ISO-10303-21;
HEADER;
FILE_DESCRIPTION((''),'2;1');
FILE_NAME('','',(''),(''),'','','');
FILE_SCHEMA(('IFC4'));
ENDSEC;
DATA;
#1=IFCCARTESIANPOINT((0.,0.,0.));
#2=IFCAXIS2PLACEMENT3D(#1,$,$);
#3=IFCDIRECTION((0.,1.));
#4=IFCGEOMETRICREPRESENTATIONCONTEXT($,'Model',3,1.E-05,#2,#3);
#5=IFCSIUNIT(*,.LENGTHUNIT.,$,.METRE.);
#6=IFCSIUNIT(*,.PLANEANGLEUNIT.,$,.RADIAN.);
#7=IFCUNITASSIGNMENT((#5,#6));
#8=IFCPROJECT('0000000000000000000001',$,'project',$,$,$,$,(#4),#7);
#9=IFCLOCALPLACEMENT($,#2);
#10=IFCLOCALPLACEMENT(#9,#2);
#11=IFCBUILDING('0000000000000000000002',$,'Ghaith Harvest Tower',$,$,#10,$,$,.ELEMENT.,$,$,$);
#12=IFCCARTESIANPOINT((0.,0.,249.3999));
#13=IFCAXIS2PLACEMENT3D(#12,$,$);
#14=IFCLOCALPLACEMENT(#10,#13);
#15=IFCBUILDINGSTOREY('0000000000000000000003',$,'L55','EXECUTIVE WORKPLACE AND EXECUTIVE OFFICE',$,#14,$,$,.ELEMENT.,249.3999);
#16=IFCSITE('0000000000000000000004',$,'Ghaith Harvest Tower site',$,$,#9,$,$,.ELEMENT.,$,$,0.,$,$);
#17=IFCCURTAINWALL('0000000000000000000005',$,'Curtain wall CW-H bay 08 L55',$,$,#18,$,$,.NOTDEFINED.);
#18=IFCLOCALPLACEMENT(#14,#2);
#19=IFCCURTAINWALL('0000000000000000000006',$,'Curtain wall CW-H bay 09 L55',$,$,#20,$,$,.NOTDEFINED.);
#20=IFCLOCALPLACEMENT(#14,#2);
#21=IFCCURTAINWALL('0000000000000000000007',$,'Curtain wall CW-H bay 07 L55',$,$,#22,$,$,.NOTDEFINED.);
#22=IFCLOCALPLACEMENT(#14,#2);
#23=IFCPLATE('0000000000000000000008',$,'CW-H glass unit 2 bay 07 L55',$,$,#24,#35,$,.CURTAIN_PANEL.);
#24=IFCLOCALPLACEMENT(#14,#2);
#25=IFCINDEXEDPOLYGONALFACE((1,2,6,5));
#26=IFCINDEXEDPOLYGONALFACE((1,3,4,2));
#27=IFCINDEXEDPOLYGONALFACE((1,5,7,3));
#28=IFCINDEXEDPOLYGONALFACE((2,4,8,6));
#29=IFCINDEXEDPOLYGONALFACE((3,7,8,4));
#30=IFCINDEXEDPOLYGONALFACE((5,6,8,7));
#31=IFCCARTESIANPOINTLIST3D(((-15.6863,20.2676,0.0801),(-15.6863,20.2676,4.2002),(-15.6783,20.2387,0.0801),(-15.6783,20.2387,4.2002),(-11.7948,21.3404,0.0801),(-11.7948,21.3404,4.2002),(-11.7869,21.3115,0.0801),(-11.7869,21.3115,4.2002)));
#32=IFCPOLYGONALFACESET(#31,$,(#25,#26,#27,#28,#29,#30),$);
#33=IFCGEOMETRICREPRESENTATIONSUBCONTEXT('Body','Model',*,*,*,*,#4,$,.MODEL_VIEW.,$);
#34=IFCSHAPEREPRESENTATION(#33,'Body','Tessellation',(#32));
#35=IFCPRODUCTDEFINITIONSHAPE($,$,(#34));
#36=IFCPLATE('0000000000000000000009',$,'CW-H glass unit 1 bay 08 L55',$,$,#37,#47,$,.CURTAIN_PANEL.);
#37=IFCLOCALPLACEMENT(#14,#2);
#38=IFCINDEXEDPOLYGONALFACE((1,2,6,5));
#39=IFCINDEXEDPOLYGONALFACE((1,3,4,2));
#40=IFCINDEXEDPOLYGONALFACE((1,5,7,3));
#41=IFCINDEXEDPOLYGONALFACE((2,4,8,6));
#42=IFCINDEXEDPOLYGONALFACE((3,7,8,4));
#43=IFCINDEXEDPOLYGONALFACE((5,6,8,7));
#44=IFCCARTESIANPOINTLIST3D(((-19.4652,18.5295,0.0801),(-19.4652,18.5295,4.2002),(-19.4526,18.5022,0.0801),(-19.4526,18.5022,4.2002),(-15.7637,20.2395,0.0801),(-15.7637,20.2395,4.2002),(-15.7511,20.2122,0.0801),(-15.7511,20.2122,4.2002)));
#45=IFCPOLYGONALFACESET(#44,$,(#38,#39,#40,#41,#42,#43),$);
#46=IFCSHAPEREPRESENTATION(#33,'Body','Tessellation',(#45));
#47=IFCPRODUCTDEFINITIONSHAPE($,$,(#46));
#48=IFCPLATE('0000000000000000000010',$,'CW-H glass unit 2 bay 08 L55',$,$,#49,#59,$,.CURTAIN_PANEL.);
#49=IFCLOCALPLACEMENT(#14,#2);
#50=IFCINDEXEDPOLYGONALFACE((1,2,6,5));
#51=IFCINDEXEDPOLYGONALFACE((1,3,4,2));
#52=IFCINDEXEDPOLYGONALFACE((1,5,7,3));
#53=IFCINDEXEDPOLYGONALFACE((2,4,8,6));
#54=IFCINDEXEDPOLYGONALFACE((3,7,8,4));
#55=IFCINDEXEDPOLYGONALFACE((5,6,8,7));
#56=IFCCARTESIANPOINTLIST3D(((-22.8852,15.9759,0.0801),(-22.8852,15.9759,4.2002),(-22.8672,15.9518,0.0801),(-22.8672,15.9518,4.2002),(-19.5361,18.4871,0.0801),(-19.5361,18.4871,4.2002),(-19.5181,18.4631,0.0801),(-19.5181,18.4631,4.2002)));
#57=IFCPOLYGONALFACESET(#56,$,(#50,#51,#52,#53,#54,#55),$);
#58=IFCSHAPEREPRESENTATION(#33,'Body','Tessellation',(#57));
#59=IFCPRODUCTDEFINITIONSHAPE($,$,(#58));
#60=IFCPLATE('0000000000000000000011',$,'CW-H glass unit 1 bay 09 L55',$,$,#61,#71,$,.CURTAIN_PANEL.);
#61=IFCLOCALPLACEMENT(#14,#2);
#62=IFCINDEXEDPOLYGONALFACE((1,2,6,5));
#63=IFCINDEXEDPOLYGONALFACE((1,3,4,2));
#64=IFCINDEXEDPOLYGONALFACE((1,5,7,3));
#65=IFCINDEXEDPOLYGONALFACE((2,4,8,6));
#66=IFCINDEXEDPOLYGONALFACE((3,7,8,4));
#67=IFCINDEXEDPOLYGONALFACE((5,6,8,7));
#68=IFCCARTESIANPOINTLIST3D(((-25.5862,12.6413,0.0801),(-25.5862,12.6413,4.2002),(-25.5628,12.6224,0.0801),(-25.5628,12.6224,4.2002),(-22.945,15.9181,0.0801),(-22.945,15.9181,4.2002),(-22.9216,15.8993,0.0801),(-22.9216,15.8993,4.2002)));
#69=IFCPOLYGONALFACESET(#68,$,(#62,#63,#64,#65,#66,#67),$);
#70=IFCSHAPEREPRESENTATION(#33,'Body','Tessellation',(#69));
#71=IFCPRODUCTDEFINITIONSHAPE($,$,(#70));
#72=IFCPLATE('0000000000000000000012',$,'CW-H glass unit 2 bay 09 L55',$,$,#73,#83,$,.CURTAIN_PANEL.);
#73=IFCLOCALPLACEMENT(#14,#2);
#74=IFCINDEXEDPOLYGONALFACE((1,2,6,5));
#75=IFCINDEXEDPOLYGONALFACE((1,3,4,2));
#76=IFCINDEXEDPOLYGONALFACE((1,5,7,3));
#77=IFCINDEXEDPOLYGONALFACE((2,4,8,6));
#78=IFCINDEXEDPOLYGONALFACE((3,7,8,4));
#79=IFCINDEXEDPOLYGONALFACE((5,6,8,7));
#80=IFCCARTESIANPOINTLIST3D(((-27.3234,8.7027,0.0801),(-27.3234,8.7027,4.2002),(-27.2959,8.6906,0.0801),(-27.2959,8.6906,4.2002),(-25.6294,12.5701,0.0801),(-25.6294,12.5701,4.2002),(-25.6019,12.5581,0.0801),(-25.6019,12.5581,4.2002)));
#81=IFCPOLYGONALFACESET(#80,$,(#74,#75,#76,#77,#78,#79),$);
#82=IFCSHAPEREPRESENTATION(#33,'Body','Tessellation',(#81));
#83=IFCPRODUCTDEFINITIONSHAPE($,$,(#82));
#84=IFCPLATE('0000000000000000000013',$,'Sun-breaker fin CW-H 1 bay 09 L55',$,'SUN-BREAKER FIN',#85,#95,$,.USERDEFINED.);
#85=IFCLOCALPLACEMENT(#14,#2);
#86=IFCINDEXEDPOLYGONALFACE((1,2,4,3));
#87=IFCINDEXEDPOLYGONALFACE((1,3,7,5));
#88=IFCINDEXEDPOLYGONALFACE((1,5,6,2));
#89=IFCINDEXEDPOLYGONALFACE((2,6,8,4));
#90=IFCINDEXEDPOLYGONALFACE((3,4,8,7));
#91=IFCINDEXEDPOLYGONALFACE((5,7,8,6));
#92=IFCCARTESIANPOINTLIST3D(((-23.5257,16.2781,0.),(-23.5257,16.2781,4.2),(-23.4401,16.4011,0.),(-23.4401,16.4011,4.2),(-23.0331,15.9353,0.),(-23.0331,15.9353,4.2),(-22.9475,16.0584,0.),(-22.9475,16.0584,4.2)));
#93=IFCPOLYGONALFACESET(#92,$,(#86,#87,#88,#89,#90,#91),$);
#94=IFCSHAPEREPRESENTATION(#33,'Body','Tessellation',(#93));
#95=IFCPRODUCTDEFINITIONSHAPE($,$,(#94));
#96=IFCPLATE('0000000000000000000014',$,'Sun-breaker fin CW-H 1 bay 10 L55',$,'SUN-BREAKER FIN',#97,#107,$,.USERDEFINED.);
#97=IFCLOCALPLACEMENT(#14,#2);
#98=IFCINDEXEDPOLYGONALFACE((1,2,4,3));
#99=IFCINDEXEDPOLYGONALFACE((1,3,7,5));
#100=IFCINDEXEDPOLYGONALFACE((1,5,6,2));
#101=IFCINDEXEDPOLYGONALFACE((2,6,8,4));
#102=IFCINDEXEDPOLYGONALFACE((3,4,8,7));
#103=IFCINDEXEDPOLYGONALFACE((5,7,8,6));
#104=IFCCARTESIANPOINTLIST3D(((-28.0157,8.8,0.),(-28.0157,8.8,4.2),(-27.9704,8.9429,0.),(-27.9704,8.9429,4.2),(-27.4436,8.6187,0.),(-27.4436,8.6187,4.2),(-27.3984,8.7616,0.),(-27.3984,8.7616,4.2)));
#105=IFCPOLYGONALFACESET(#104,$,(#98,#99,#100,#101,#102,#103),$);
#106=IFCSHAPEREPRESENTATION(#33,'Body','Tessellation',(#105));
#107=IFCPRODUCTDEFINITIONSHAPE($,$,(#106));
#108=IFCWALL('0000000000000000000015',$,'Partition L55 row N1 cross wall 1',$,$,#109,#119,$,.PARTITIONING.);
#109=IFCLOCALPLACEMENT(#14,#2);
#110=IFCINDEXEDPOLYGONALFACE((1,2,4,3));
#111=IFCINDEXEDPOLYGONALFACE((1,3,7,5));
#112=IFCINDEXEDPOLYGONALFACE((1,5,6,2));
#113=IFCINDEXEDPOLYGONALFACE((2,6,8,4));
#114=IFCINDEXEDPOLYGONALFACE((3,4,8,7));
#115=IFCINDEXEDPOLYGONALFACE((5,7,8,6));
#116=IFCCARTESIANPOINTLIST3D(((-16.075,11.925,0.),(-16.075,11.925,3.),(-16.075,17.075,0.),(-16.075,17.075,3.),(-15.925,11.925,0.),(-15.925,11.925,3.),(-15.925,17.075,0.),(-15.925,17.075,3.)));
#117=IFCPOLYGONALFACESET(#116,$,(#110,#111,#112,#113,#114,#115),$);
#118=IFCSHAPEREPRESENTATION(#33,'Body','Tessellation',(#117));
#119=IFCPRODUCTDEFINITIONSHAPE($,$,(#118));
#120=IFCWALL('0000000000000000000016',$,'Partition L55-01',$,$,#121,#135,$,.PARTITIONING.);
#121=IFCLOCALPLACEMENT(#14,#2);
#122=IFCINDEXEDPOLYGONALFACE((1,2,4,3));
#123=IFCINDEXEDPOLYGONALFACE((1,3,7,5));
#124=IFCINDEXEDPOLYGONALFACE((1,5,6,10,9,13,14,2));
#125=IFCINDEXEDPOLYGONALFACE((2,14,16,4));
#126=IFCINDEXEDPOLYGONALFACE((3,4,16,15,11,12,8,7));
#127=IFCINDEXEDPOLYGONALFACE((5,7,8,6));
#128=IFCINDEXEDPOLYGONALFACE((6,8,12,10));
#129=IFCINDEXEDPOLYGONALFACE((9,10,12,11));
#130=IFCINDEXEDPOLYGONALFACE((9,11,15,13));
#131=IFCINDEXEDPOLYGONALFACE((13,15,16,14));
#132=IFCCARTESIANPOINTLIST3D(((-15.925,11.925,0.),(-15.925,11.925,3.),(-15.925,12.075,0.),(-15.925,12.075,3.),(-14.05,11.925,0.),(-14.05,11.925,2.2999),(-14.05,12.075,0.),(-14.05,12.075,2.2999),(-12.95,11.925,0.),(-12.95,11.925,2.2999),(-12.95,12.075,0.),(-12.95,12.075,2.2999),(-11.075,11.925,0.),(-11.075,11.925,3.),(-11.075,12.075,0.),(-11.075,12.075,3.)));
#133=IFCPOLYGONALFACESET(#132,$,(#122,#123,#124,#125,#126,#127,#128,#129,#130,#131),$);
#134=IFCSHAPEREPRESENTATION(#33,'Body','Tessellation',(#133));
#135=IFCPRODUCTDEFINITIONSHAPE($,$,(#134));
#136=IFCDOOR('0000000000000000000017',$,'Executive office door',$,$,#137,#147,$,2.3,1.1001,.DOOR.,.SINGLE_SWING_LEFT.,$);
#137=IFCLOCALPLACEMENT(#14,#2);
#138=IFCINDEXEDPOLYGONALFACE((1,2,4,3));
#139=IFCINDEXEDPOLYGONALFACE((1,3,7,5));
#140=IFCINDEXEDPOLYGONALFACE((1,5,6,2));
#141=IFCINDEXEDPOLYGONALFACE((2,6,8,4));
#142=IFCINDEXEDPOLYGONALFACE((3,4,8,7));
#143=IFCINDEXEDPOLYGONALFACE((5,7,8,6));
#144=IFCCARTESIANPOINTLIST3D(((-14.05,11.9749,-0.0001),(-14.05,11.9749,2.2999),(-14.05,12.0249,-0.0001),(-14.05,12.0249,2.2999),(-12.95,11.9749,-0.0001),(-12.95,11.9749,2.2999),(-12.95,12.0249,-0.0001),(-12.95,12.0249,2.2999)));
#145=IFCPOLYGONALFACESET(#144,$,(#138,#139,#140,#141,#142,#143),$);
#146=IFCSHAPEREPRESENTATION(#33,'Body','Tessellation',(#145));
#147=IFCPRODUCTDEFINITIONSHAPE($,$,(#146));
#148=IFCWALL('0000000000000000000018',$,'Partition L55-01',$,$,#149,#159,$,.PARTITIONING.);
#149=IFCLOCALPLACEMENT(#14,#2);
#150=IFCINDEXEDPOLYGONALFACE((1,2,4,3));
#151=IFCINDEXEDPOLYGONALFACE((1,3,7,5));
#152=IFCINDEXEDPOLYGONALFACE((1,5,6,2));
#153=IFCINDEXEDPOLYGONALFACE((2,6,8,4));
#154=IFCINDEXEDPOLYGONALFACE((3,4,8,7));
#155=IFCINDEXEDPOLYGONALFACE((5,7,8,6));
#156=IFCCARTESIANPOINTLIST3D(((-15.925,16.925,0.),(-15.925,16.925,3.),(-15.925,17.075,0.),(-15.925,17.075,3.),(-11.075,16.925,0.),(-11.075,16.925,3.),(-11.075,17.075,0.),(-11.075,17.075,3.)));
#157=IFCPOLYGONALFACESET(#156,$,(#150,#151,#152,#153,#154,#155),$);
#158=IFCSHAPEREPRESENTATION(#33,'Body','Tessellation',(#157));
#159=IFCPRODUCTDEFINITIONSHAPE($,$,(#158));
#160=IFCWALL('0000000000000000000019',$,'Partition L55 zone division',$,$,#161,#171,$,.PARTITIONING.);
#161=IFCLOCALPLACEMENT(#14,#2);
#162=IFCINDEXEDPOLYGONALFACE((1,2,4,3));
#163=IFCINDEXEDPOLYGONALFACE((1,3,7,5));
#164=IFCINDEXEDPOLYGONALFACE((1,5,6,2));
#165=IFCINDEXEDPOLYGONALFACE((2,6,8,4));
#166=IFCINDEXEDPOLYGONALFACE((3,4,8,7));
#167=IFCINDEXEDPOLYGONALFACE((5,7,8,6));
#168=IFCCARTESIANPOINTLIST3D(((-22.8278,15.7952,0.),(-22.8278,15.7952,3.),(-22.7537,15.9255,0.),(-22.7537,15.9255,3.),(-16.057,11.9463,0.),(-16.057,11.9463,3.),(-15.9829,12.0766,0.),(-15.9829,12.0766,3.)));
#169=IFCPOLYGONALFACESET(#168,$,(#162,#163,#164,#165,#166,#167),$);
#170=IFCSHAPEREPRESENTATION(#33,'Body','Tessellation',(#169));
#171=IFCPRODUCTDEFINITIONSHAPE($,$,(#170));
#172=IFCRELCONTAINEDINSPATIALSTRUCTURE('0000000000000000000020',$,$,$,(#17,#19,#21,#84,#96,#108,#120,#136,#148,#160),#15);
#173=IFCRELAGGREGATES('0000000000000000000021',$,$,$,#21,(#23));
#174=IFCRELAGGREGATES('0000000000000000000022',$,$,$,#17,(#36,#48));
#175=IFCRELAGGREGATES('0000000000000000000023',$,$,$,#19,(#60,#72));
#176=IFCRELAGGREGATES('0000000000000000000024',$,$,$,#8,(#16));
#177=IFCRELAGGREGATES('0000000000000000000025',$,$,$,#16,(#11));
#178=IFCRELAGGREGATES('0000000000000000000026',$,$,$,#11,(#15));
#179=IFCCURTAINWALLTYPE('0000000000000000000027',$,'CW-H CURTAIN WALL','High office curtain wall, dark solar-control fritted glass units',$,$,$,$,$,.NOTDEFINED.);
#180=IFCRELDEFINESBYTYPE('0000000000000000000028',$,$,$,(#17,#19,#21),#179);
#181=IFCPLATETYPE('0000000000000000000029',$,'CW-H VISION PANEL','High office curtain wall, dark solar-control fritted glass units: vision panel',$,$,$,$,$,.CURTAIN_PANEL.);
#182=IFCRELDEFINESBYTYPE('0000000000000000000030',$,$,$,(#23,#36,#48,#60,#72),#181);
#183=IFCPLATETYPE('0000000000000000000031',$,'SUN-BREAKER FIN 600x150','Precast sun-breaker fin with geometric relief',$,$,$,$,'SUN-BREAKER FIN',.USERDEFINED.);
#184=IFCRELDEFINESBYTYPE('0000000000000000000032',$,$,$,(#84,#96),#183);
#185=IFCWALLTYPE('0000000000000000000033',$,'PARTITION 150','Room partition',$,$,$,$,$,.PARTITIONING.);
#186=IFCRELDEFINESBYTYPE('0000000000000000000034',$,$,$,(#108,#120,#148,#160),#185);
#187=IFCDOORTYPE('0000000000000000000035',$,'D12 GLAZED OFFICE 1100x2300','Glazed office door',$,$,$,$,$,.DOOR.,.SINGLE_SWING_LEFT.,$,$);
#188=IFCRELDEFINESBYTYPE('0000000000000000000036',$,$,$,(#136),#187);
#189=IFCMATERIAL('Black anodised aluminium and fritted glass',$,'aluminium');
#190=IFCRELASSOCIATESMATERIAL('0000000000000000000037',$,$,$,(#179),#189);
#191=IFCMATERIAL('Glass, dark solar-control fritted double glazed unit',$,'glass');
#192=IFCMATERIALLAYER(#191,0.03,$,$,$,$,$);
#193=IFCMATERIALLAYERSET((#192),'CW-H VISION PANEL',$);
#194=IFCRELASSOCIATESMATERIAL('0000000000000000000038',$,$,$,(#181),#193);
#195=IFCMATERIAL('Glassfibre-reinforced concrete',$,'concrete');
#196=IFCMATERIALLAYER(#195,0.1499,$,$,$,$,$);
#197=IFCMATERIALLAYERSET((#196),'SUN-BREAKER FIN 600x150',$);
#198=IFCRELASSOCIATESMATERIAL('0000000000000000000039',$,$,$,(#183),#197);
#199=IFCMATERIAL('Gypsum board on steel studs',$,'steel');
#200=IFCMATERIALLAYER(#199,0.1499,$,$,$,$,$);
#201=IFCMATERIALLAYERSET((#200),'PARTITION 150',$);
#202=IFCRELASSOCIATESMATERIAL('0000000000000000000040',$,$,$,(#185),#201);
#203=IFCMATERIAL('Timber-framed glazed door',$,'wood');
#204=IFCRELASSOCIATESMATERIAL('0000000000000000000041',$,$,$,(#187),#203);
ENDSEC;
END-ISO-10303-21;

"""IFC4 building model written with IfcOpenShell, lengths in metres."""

from ifc_helpers import new_model, si_unit, direction, frame, frame_2d, origin, origin_2d, place, context, subcontext, project, spatial, rectangle, extrude, material, layer, layer_set, type_object, element, fill, aggregate, save


model = new_model("IFC4")

# Units and contexts
model_context = context("Model", 3, precision=1e-05, world=origin(), true_north=direction((0.0, 1.0)))
body_context = subcontext(model_context, "Body", "Model", "MODEL_VIEW")
ifc_project = project(units=[si_unit("LENGTHUNIT", "METRE"), si_unit("PLANEANGLEUNIT", "RADIAN")], contexts=[model_context])

# Site, building, storey
site_placement = place(None, origin())
site = spatial("IfcSite", under=ifc_project, at=site_placement, Name="Ghaith Harvest Tower site", CompositionType="ELEMENT", RefElevation=0.0)
building_placement = place(site_placement, origin())
building = spatial("IfcBuilding", under=site, at=building_placement, Name="Ghaith Harvest Tower", CompositionType="ELEMENT")
storey_placement = place(building_placement, frame((0.0, 0.0, 249.3999)))
storey = spatial("IfcBuildingStorey", under=building, at=storey_placement, Name="L55", Description="EXECUTIVE WORKPLACE AND EXECUTIVE OFFICE", CompositionType="ELEMENT", Elevation=249.3999)

# Curtain walls
ifc_material_1 = material(Name="Black anodised aluminium and fritted glass", Category="aluminium")
curtain_wall_type = type_object("IfcCurtainWallType", Name="CW-H CURTAIN WALL", Description="High office curtain wall, dark solar-control fritted glass units", PredefinedType="NOTDEFINED", material=ifc_material_1)
curtain_wall_1_placement = place(storey_placement, origin())
curtain_wall_1 = element("IfcCurtainWall", 1, at=curtain_wall_1_placement, inside=storey, type_object=curtain_wall_type, Name="Curtain wall CW-H bay 08 L55", PredefinedType="NOTDEFINED")
curtain_wall_2_placement = place(storey_placement, origin())
curtain_wall_2 = element("IfcCurtainWall", 2, at=curtain_wall_2_placement, inside=storey, type_object=curtain_wall_type, Name="Curtain wall CW-H bay 09 L55", PredefinedType="NOTDEFINED")

# Curtain wall, plate
curtain_wall_3_placement = place(storey_placement, origin())
curtain_wall_3 = element("IfcCurtainWall", 3, at=curtain_wall_3_placement, inside=storey, type_object=curtain_wall_type, Name="Curtain wall CW-H bay 07 L55", PredefinedType="NOTDEFINED")
ifc_material_2 = material(Name="Glass, dark solar-control fritted double glazed unit", Category="glass")
ifc_layer_1 = layer(ifc_material_2, 0.03)
ifc_layer_set_1 = layer_set([ifc_layer_1], Name="CW-H VISION PANEL")
plate_type_1 = type_object("IfcPlateType", Name="CW-H VISION PANEL", Description="High office curtain wall, dark solar-control fritted glass units: vision panel", PredefinedType="CURTAIN_PANEL", material=ifc_layer_set_1)
plate_1_placement = place(storey_placement, frame((-13.7366, 20.7896, 0.0801), z_axis=(0.0, 0.0, 1.0), x_axis=(-0.964034, -0.265779, 0.0)))
plate_1 = element("IfcPlate", 4, at=plate_1_placement, type_object=plate_type_1, Name="CW-H glass unit 2 bay 07 L55", PredefinedType="CURTAIN_PANEL", context=body_context, shape_type="SweptSolid", body=[
    extrude(rectangle(XDim=4.0366, YDim=0.03, at=origin_2d()), origin(), (0.0, 0.0, 1.0), 4.1201),
])
aggregate(curtain_wall_3, [plate_1])

# Plates
plate_2_placement = place(storey_placement, frame((-17.6082, 19.3708, 0.0801), z_axis=(0.0, 0.0, 1.0), x_axis=(-0.907814, -0.419372, 0.0)))
plate_2 = element("IfcPlate", 5, at=plate_2_placement, type_object=plate_type_1, Name="CW-H glass unit 1 bay 08 L55", PredefinedType="CURTAIN_PANEL", context=body_context, shape_type="SweptSolid", body=[
    extrude(rectangle(XDim=4.0774, YDim=0.03, at=origin_2d()), origin(), (0.0, 0.0, 1.0), 4.1201),
])
plate_3_placement = place(storey_placement, frame((-21.2017, 17.2195, 0.0801), z_axis=(0.0, 0.0, 1.0), x_axis=(-0.800067, -0.599911, 0.0)))
plate_3 = element("IfcPlate", 6, at=plate_3_placement, type_object=plate_type_1, Name="CW-H glass unit 2 bay 08 L55", PredefinedType="CURTAIN_PANEL", context=body_context, shape_type="SweptSolid", body=[
    extrude(rectangle(XDim=4.186, YDim=0.03, at=origin_2d()), origin(), (0.0, 0.0, 1.0), 4.1201),
])
aggregate(curtain_wall_1, [plate_2, plate_3])
plate_4_placement = place(storey_placement, frame((-24.2539, 14.2703, 0.0801), z_axis=(0.0, 0.0, 1.0), x_axis=(-0.627548, -0.778578, 0.0)))
plate_4 = element("IfcPlate", 7, at=plate_4_placement, type_object=plate_type_1, Name="CW-H glass unit 1 bay 09 L55", PredefinedType="CURTAIN_PANEL", context=body_context, shape_type="SweptSolid", body=[
    extrude(rectangle(XDim=4.2087, YDim=0.03, at=origin_2d()), origin(), (0.0, 0.0, 1.0), 4.1201),
])
plate_5_placement = place(storey_placement, frame((-26.4626, 10.6304, 0.0801), z_axis=(0.0, 0.0, 1.0), x_axis=(-0.401213, -0.915985, 0.0)))
plate_5 = element("IfcPlate", 8, at=plate_5_placement, type_object=plate_type_1, Name="CW-H glass unit 2 bay 09 L55", PredefinedType="CURTAIN_PANEL", context=body_context, shape_type="SweptSolid", body=[
    extrude(rectangle(XDim=4.2222, YDim=0.03, at=origin_2d()), origin(), (0.0, 0.0, 1.0), 4.1201),
])
aggregate(curtain_wall_2, [plate_4, plate_5])

# Plates
ifc_material_3 = material(Name="Glassfibre-reinforced concrete", Category="concrete")
ifc_layer_2 = layer(ifc_material_3, 0.1499)
ifc_layer_set_2 = layer_set([ifc_layer_2], Name="SUN-BREAKER FIN 600x150")
plate_type_2 = type_object("IfcPlateType", Name="SUN-BREAKER FIN 600x150", Description="Precast sun-breaker fin with geometric relief", ElementType="SUN-BREAKER FIN", PredefinedType="USERDEFINED", material=ifc_layer_set_2)
for number, where, z_axis, x_axis, name in (
    (9, (-23.2366, 16.1682, 0.0), (0.0, 0.0, 1.0), (-0.820845, 0.57115, 0.0), "Sun-breaker fin CW-H 1 bay 09 L55"),
    (10, (-27.707, 8.7808, 0.0), (0.0, 0.0, 1.0), (-0.953273, 0.30211, 0.0), "Sun-breaker fin CW-H 1 bay 10 L55"),
):
    element("IfcPlate", number, at=place(storey_placement, frame(where, z_axis=z_axis, x_axis=x_axis)), inside=storey, type_object=plate_type_2, Name=name, ObjectType="SUN-BREAKER FIN", PredefinedType="USERDEFINED", context=body_context, shape_type="SweptSolid", body=[
        extrude(rectangle(XDim=0.6001, YDim=0.1499, at=origin_2d()), origin(), (0.0, 0.0, 1.0), 4.2),
    ])

# Wall
ifc_material_4 = material(Name="Gypsum board on steel studs", Category="steel")
ifc_layer_3 = layer(ifc_material_4, 0.1499)
ifc_layer_set_3 = layer_set([ifc_layer_3], Name="PARTITION 150")
wall_type_1 = type_object("IfcWallType", Name="PARTITION 150", Description="Room partition", PredefinedType="PARTITIONING", material=ifc_layer_set_3)
wall_1_placement = place(storey_placement, frame((-16.0, 11.925, 0.0), z_axis=(0.0, 0.0, 1.0), x_axis=(0.0, 1.0, 0.0)))
element("IfcWall", 11, at=wall_1_placement, inside=storey, type_object=wall_type_1, Name="Partition L55 row N1 cross wall 1", PredefinedType="PARTITIONING", context=body_context, shape_type="SweptSolid", body=[
    extrude(rectangle(XDim=5.1499, YDim=0.1499, at=frame_2d((2.575, 0.0))), origin(), (0.0, 0.0, 1.0), 3.0),
])

# Wall, opening, door
wall_2_placement = place(storey_placement, frame((-15.925, 12.0, 0.0), z_axis=(0.0, 0.0, 1.0), x_axis=(1.0, 0.0, 0.0)))
wall_2 = element("IfcWall", 12, at=wall_2_placement, inside=storey, type_object=wall_type_1, Name="Partition L55-01", PredefinedType="PARTITIONING", context=body_context, shape_type="SweptSolid", body=[
    extrude(rectangle(XDim=4.8501, YDim=0.1499, at=frame_2d((2.425, 0.0))), origin(), (0.0, 0.0, 1.0), 3.0),
])
opening_1_placement = place(wall_2_placement, frame((1.875, 0.0, 0.0)))
opening_1 = element("IfcOpeningElement", 13, at=opening_1_placement, cuts=wall_2, PredefinedType="OPENING", context=body_context, shape_type="SweptSolid", body=[
    extrude(rectangle(XDim=1.1001, YDim=2.3, at=frame_2d((0.55, 1.1499))), frame((0.0, 0.085, 0.0), z_axis=(0.0, -1.0, 0.0), x_axis=(1.0, 0.0, 0.0)), (0.0, 0.0, 1.0), 0.1699),
])
ifc_material_5 = material(Name="Timber-framed glazed door", Category="wood")
door_type_1 = type_object("IfcDoorType", Name="D12 GLAZED OFFICE 1100x2300", Description="Glazed office door", OperationType="SINGLE_SWING_LEFT", PredefinedType="DOOR", material=ifc_material_5)
door_1_placement = place(opening_1_placement, origin())
door_1 = element("IfcDoor", 14, at=door_1_placement, inside=storey, type_object=door_type_1, Name="Executive office door", OperationType="SINGLE_SWING_LEFT", OverallHeight=2.3, OverallWidth=1.1001, PredefinedType="DOOR", context=body_context, shape_type="SweptSolid", body=[
    extrude(rectangle(XDim=1.1001, YDim=2.3, at=frame_2d((0.55, 1.1499))), frame((0.0, 0.0249, 0.0), z_axis=(0.0, -1.0, 0.0), x_axis=(1.0, 0.0, 0.0)), (0.0, 0.0, 1.0), 0.05),
])
fill(opening_1, door_1)

# Walls
wall_3_placement = place(storey_placement, frame((-15.925, 17.0, 0.0), z_axis=(0.0, 0.0, 1.0), x_axis=(1.0, 0.0, 0.0)))
element("IfcWall", 15, at=wall_3_placement, inside=storey, type_object=wall_type_1, Name="Partition L55-01", PredefinedType="PARTITIONING", context=body_context, shape_type="SweptSolid", body=[
    extrude(rectangle(XDim=4.8501, YDim=0.1499, at=frame_2d((2.425, 0.0))), origin(), (0.0, 0.0, 1.0), 3.0),
])
wall_4_placement = place(storey_placement, frame((-16.02, 12.0115, 0.0), z_axis=(0.0, 0.0, 1.0), x_axis=(-0.869354, 0.49419, 0.0)))
element("IfcWall", 16, at=wall_4_placement, inside=storey, type_object=wall_type_1, Name="Partition L55 zone division", PredefinedType="PARTITIONING", context=body_context, shape_type="SweptSolid", body=[
    extrude(rectangle(XDim=7.7883, YDim=0.1499, at=frame_2d((3.894, 0.0))), origin(), (0.0, 0.0, 1.0), 3.0),
])

save(model, "model.ifc")
